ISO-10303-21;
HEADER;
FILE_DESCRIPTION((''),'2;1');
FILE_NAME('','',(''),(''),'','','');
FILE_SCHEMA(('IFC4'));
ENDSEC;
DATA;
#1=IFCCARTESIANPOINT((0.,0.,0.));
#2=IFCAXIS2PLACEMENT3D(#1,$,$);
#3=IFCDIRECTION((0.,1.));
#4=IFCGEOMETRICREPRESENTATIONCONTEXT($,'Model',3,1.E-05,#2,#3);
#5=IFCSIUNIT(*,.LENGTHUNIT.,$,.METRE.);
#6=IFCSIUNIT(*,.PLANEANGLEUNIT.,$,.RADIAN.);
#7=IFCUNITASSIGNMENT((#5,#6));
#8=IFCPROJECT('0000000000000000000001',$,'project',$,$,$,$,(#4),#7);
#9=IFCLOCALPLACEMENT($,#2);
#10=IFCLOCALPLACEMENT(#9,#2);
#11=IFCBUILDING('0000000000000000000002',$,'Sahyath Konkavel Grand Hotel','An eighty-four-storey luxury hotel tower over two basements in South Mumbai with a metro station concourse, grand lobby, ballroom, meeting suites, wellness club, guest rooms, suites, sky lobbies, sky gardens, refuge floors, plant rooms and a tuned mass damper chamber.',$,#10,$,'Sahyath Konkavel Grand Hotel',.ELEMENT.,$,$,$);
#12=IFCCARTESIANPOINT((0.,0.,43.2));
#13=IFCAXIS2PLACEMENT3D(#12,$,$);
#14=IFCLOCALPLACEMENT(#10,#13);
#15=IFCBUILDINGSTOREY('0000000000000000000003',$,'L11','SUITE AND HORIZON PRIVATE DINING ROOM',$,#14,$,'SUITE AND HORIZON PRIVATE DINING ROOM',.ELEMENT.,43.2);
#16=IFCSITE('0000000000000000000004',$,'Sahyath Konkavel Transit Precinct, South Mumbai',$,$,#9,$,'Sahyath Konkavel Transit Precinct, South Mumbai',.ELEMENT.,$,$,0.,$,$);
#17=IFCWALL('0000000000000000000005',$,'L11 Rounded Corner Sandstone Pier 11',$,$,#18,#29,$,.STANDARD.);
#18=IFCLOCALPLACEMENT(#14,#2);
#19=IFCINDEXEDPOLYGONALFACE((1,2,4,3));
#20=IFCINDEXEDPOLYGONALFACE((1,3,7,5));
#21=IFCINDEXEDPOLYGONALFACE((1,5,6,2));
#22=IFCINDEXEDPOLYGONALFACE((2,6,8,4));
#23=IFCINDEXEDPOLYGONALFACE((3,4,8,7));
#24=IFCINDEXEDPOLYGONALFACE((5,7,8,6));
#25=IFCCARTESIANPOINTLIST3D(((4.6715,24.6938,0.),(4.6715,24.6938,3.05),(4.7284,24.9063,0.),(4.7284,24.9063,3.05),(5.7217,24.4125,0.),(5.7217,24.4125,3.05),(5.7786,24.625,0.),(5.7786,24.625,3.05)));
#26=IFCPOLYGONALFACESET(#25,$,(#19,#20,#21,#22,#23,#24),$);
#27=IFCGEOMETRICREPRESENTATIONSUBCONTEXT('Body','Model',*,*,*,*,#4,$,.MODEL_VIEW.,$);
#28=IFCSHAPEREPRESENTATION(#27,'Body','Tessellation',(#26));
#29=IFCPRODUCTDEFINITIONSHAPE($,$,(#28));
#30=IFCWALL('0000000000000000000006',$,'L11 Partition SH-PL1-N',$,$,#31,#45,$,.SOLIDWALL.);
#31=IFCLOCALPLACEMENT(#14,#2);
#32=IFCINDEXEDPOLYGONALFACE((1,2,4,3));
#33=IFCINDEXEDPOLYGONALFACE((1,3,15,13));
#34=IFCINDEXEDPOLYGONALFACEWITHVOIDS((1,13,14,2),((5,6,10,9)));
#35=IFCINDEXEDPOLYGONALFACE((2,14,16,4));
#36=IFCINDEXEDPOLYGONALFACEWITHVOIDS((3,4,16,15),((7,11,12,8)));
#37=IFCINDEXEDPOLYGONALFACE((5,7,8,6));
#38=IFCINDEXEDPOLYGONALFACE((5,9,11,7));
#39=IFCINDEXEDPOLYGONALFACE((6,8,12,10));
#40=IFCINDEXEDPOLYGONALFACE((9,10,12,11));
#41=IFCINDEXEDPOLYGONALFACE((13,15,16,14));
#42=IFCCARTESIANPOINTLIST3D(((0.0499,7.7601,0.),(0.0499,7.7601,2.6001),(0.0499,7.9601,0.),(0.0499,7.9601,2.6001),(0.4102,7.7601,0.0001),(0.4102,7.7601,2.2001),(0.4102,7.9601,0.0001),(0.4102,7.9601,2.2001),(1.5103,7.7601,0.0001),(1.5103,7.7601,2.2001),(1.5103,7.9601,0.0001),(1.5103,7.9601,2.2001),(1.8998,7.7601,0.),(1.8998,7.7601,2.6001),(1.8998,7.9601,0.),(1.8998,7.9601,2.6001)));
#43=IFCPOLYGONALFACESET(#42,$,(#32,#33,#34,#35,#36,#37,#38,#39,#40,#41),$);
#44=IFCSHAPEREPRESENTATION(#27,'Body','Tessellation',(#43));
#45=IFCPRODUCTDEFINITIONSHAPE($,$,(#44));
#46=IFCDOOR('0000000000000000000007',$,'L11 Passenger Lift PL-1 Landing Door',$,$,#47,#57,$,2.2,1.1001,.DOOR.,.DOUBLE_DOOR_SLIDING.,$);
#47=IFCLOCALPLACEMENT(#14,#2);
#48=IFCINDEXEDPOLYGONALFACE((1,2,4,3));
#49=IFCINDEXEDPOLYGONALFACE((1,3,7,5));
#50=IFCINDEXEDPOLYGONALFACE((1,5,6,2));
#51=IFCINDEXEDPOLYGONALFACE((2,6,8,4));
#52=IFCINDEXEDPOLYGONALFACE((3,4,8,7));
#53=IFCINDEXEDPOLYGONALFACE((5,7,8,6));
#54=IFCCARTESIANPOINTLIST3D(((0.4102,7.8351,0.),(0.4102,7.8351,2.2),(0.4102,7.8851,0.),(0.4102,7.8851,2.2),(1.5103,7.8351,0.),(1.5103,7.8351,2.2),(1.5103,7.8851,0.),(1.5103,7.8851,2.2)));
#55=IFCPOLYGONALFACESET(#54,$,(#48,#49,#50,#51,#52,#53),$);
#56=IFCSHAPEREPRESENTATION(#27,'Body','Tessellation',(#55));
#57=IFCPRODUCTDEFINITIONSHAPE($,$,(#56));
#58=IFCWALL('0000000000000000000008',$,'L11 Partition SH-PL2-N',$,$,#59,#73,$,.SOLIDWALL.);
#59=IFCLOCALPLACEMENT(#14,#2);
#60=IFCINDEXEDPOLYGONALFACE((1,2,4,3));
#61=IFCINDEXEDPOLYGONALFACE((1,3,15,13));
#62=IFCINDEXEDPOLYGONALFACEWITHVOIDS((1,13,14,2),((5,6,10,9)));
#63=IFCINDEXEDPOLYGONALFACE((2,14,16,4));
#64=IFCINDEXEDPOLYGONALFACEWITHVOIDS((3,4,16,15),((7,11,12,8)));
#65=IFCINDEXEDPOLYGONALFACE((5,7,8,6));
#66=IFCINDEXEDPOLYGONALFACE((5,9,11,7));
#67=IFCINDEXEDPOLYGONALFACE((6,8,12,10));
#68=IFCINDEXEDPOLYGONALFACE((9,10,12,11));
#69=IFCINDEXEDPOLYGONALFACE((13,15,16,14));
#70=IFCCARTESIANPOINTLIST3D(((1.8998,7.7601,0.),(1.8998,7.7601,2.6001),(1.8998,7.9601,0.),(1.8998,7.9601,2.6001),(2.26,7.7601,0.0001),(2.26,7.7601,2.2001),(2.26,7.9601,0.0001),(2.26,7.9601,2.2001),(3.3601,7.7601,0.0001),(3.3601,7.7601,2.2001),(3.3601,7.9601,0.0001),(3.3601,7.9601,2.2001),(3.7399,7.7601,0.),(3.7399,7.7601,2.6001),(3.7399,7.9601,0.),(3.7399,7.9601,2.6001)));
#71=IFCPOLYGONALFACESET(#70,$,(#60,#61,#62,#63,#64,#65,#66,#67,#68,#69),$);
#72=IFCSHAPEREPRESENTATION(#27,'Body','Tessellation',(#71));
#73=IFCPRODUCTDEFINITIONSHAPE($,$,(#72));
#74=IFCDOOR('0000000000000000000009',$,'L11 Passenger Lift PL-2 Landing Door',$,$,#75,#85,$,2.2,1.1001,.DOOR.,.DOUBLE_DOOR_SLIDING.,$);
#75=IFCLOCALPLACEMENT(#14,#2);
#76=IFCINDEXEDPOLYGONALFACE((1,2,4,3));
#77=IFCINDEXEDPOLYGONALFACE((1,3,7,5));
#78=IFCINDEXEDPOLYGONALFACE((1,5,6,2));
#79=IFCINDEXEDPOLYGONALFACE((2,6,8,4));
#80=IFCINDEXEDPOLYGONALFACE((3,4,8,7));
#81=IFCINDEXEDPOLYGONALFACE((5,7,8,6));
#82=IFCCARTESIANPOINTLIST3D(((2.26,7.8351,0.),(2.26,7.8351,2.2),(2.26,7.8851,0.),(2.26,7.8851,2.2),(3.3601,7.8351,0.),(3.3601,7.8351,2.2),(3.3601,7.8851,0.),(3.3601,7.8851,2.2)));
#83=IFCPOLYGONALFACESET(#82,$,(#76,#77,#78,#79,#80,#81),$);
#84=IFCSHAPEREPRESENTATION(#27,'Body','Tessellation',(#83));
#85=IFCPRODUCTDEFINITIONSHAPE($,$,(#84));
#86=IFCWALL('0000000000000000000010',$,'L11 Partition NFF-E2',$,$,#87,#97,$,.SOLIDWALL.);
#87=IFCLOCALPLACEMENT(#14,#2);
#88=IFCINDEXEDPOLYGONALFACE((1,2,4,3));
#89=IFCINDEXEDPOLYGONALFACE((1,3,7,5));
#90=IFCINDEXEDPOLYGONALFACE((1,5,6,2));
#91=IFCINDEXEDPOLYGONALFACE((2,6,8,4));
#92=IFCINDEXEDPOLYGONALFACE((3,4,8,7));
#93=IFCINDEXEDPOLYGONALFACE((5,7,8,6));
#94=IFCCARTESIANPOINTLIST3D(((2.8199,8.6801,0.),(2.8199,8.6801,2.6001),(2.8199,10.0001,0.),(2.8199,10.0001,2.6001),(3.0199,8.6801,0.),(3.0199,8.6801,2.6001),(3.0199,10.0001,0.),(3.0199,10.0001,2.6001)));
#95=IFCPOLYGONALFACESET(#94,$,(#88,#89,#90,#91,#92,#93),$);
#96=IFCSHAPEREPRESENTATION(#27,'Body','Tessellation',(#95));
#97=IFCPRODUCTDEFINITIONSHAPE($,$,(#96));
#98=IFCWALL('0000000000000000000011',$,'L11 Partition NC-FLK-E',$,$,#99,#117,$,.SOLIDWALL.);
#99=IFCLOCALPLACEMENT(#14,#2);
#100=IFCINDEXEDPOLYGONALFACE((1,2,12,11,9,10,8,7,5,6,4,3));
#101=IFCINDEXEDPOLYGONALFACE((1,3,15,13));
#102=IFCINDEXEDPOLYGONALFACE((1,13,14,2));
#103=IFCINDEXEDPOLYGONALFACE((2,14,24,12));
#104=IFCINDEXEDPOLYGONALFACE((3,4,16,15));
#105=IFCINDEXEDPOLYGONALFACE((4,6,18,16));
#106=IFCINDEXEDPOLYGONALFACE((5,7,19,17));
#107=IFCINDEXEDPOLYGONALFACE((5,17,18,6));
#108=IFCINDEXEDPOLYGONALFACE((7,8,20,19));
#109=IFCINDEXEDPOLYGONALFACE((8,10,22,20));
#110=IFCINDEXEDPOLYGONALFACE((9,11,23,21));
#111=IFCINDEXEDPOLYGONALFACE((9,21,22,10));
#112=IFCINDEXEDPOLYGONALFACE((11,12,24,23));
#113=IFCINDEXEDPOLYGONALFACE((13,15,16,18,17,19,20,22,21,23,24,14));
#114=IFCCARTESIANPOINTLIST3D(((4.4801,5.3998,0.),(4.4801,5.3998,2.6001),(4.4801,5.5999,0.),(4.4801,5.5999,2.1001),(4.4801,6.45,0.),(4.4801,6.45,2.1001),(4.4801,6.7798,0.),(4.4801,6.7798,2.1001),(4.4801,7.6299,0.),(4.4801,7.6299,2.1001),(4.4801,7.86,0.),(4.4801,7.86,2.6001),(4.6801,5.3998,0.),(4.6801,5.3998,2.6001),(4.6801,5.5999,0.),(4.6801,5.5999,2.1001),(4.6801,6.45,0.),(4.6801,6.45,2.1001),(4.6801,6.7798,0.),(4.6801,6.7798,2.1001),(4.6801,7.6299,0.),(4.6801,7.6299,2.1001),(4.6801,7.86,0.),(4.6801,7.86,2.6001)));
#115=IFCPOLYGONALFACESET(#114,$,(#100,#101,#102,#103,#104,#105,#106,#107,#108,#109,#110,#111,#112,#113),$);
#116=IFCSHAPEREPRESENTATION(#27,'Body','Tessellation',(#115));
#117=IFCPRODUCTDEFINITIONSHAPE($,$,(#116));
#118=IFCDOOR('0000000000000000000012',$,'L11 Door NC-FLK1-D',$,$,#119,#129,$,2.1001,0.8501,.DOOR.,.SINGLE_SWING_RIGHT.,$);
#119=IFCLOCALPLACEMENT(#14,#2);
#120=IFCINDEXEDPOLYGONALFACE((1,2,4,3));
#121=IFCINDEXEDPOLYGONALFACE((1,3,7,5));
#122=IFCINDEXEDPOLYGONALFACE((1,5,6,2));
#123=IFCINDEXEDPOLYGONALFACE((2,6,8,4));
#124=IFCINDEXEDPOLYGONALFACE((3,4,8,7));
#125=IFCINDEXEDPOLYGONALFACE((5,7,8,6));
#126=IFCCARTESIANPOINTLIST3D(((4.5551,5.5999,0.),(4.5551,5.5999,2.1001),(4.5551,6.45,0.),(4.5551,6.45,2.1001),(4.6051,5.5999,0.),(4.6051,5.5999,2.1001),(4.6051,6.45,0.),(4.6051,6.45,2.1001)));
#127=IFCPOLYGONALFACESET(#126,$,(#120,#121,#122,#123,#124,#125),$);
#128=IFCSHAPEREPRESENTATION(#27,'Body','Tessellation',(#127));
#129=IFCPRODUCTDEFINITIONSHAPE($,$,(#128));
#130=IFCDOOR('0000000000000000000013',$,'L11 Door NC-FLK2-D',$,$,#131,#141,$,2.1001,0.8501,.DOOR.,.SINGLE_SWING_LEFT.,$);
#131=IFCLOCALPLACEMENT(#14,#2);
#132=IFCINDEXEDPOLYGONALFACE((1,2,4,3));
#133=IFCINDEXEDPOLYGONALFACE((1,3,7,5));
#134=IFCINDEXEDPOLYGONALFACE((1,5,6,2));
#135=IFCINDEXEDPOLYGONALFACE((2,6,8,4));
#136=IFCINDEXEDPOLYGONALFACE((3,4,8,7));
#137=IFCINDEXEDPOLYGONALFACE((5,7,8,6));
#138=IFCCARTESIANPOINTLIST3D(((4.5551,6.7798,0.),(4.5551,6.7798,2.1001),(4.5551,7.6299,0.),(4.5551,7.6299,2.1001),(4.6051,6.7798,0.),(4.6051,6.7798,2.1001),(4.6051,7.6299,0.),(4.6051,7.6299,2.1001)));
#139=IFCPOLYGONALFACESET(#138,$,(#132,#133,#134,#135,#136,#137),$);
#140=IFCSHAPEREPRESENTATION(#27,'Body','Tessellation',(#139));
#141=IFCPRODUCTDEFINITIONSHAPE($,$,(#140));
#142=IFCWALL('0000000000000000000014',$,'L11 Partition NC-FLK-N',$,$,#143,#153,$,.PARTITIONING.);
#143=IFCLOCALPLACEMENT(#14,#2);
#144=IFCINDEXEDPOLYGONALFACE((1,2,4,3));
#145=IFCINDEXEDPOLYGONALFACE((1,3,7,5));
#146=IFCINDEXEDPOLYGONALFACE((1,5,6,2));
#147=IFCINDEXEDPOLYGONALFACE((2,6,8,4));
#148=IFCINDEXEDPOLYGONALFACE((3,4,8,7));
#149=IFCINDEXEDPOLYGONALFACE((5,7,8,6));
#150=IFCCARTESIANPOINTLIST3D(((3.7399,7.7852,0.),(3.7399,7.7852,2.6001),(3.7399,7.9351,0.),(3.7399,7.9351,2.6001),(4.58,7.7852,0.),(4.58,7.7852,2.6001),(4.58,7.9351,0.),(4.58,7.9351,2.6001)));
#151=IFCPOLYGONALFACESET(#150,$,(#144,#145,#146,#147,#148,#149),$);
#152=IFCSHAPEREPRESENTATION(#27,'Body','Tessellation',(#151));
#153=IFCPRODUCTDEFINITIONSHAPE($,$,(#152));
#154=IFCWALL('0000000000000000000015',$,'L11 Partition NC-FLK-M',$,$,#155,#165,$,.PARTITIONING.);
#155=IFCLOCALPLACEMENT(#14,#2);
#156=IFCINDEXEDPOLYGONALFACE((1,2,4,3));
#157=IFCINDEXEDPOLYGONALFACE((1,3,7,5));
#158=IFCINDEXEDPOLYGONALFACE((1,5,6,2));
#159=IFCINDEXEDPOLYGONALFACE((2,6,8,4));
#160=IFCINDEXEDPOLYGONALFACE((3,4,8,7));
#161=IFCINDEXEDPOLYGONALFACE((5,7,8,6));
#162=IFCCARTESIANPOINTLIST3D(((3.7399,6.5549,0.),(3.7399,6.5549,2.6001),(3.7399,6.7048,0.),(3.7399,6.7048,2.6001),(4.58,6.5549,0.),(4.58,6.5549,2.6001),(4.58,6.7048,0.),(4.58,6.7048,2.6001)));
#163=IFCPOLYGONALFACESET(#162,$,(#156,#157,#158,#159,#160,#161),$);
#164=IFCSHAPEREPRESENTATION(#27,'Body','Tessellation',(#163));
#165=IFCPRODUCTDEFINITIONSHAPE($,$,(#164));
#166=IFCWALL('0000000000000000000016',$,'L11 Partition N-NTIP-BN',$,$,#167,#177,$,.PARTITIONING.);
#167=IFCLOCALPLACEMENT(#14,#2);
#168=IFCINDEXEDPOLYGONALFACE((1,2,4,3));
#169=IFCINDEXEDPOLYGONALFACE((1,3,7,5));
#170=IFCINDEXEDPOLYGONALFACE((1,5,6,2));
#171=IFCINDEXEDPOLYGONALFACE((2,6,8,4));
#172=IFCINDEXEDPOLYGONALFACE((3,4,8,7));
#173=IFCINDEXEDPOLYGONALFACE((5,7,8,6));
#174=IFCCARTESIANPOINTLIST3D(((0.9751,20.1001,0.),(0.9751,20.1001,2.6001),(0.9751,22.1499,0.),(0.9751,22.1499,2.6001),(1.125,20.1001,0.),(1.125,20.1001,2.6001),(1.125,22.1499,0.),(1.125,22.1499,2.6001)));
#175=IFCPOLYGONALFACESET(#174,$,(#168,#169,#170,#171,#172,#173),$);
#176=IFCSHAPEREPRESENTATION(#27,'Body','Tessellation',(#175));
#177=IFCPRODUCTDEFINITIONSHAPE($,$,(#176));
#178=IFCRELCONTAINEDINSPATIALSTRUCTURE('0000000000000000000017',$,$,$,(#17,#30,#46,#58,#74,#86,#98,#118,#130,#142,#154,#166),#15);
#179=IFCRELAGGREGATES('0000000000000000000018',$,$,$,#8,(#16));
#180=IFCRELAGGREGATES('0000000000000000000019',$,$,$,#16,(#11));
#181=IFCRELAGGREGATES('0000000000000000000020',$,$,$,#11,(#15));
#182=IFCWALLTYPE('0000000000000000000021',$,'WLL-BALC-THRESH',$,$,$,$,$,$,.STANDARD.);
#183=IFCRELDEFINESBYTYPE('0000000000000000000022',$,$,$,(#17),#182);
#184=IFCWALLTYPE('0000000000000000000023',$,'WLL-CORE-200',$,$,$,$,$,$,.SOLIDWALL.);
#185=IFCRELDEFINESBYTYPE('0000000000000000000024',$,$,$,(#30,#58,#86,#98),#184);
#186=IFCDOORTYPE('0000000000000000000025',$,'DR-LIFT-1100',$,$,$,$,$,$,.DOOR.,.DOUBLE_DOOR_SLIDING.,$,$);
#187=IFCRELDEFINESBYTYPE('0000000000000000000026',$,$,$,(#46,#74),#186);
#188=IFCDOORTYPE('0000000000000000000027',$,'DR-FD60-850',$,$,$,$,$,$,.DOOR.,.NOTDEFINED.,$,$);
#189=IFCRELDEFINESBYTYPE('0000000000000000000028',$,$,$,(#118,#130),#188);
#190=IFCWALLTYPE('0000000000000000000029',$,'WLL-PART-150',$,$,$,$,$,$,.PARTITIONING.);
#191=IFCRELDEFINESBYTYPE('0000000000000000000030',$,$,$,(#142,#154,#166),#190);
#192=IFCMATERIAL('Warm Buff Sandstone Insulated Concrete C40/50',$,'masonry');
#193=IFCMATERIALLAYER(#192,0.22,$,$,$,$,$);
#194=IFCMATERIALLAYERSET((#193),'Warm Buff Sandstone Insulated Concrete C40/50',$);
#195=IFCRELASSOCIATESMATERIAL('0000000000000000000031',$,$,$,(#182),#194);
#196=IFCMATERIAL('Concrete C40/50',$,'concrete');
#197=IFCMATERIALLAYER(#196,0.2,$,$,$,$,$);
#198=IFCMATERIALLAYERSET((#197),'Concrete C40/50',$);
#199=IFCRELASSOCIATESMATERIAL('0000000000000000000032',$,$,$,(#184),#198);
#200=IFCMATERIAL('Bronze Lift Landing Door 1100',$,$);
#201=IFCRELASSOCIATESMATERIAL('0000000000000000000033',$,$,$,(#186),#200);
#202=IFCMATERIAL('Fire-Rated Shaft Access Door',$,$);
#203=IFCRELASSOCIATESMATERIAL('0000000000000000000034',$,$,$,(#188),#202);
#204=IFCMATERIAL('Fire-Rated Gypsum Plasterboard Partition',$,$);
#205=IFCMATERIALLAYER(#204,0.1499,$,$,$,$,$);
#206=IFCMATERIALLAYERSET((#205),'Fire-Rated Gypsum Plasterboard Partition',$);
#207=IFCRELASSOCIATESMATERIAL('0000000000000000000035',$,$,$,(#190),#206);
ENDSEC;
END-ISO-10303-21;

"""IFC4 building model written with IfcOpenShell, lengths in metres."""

from ifc_helpers import new_model, si_unit, direction, frame, frame_2d, origin, origin_2d, place, context, subcontext, project, spatial, rectangle, extrude, source, transform, mapped, material, layer, layer_set, type_object, element, fill, save


model = new_model("IFC4")

# Units and contexts
model_context = context("Model", 3, precision=1e-05, world=origin(), true_north=direction((0.0, 1.0)))
body_context = subcontext(model_context, "Body", "Model", "MODEL_VIEW")
ifc_project = project(units=[si_unit("LENGTHUNIT", "METRE"), si_unit("PLANEANGLEUNIT", "RADIAN")], contexts=[model_context])

# Site, building, storey
site_placement = place(None, origin())
site = spatial("IfcSite", under=ifc_project, at=site_placement, Name="Sahyath Konkavel Transit Precinct, South Mumbai", LongName="Sahyath Konkavel Transit Precinct, South Mumbai", CompositionType="ELEMENT", RefElevation=0.0)
building_placement = place(site_placement, origin())
building = spatial("IfcBuilding", under=site, at=building_placement, Name="Sahyath Konkavel Grand Hotel", Description="An eighty-four-storey luxury hotel tower over two basements in South Mumbai with a metro station concourse, grand lobby, ballroom, meeting suites, wellness club, guest rooms, suites, sky lobbies, sky gardens, refuge floors, plant rooms and a tuned mass damper chamber.", LongName="Sahyath Konkavel Grand Hotel", CompositionType="ELEMENT")
storey_placement = place(building_placement, frame((0.0, 0.0, 43.2)))
storey = spatial("IfcBuildingStorey", under=building, at=storey_placement, Name="L11", Description="SUITE AND HORIZON PRIVATE DINING ROOM", LongName="SUITE AND HORIZON PRIVATE DINING ROOM", CompositionType="ELEMENT", Elevation=43.2)

# Wall
ifc_material_1 = material(Name="Warm Buff Sandstone Insulated Concrete C40/50", Category="masonry")
ifc_layer_1 = layer(ifc_material_1, 0.22)
ifc_layer_set_1 = layer_set([ifc_layer_1], Name="Warm Buff Sandstone Insulated Concrete C40/50")
wall_type_1 = type_object("IfcWallType", Name="WLL-BALC-THRESH", PredefinedType="STANDARD", material=ifc_layer_set_1)
wall_1_placement = place(storey_placement, frame((5.75, 24.5188, 0.0), z_axis=(0.0, 0.0, 1.0), x_axis=(-0.965951, 0.258725, 0.0)))
element("IfcWall", 1, at=wall_1_placement, inside=storey, type_object=wall_type_1, Name="L11 Rounded Corner Sandstone Pier 11", PredefinedType="STANDARD", context=body_context, shape_type="SweptSolid", body=[
    extrude(rectangle(XDim=1.0872, YDim=0.22, at=frame_2d((0.5435, 0.0))), origin(), (0.0, 0.0, 1.0), 3.05),
])

# Walls, openings, doors
ifc_material_2 = material(Name="Concrete C40/50", Category="concrete")
ifc_layer_2 = layer(ifc_material_2, 0.2)
ifc_layer_set_2 = layer_set([ifc_layer_2], Name="Concrete C40/50")
wall_type_2 = type_object("IfcWallType", Name="WLL-CORE-200", PredefinedType="SOLIDWALL", material=ifc_layer_set_2)
wall_2_placement = place(storey_placement, frame((0.05, 7.8601, 0.0), z_axis=(0.0, 0.0, 1.0), x_axis=(1.0, 0.0, 0.0)))
wall_2 = element("IfcWall", 2, at=wall_2_placement, inside=storey, type_object=wall_type_2, Name="L11 Partition SH-PL1-N", PredefinedType="SOLIDWALL", context=body_context, shape_type="SweptSolid", body=[
    extrude(rectangle(XDim=1.8499, YDim=0.2, at=frame_2d((0.9248, 0.0))), origin(), (0.0, 0.0, 1.0), 2.6001),
])
opening_1_placement = place(wall_2_placement, frame((0.3601, 0.0, 0.0)))
opening_1 = element("IfcOpeningElement", 3, at=opening_1_placement, cuts=wall_2, PredefinedType="OPENING", context=body_context, shape_type="SweptSolid", body=[
    extrude(rectangle(XDim=1.1001, YDim=2.2, at=frame_2d((0.55, 1.1001))), frame((0.0, 0.1099, 0.0), z_axis=(0.0, -1.0, 0.0), x_axis=(1.0, 0.0, 0.0)), (0.0, 0.0, 1.0), 0.22),
])
ifc_material_3 = material(Name="Bronze Lift Landing Door 1100")
door_type_1 = type_object("IfcDoorType", Name="DR-LIFT-1100", OperationType="DOUBLE_DOOR_SLIDING", PredefinedType="DOOR", material=ifc_material_3)
shared_shape_1 = source(origin(), body_context, "Body", "SweptSolid", [
    extrude(rectangle(XDim=1.1001, YDim=0.05, at=origin_2d()), origin(), (0.0, 0.0, 1.0), 2.2),
])
door_1_placement = place(opening_1_placement, frame((0.55, 0.0, 0.0)))
door_1 = element("IfcDoor", 4, at=door_1_placement, inside=storey, type_object=door_type_1, Name="L11 Passenger Lift PL-1 Landing Door", OperationType="DOUBLE_DOOR_SLIDING", OverallHeight=2.2, OverallWidth=1.1001, PredefinedType="DOOR", context=body_context, shape_type="MappedRepresentation", body=[
    mapped(shared_shape_1, transform((0.0, 0.0, 0.0), scale=1.0)),
])
fill(opening_1, door_1)
wall_3_placement = place(storey_placement, frame((1.8999, 7.8601, 0.0), z_axis=(0.0, 0.0, 1.0), x_axis=(1.0, 0.0, 0.0)))
wall_3 = element("IfcWall", 5, at=wall_3_placement, inside=storey, type_object=wall_type_2, Name="L11 Partition SH-PL2-N", PredefinedType="SOLIDWALL", context=body_context, shape_type="SweptSolid", body=[
    extrude(rectangle(XDim=1.8401, YDim=0.2, at=frame_2d((0.9199, 0.0))), origin(), (0.0, 0.0, 1.0), 2.6001),
])
opening_2_placement = place(wall_3_placement, frame((0.3601, 0.0, 0.0)))
opening_2 = element("IfcOpeningElement", 6, at=opening_2_placement, cuts=wall_3, PredefinedType="OPENING", context=body_context, shape_type="SweptSolid", body=[
    extrude(rectangle(XDim=1.1001, YDim=2.2, at=frame_2d((0.55, 1.1001))), frame((0.0, 0.1099, 0.0), z_axis=(0.0, -1.0, 0.0), x_axis=(1.0, 0.0, 0.0)), (0.0, 0.0, 1.0), 0.22),
])
door_2_placement = place(opening_2_placement, frame((0.55, 0.0, 0.0)))
door_2 = element("IfcDoor", 7, at=door_2_placement, inside=storey, type_object=door_type_1, Name="L11 Passenger Lift PL-2 Landing Door", OperationType="DOUBLE_DOOR_SLIDING", OverallHeight=2.2, OverallWidth=1.1001, PredefinedType="DOOR", context=body_context, shape_type="MappedRepresentation", body=[
    mapped(shared_shape_1, transform((0.0, 0.0, 0.0), scale=1.0)),
])
fill(opening_2, door_2)

# Wall
wall_4_placement = place(storey_placement, frame((2.9199, 8.6799, 0.0), z_axis=(0.0, 0.0, 1.0), x_axis=(0.0, 1.0, 0.0)))
element("IfcWall", 8, at=wall_4_placement, inside=storey, type_object=wall_type_2, Name="L11 Partition NFF-E2", PredefinedType="SOLIDWALL", context=body_context, shape_type="SweptSolid", body=[
    extrude(rectangle(XDim=1.3201, YDim=0.2, at=frame_2d((0.6602, 0.0))), origin(), (0.0, 0.0, 1.0), 2.6001),
])

# Wall, openings, doors
wall_5_placement = place(storey_placement, frame((4.5801, 5.3999, 0.0), z_axis=(0.0, 0.0, 1.0), x_axis=(0.0, 1.0, 0.0)))
wall_5 = element("IfcWall", 9, at=wall_5_placement, inside=storey, type_object=wall_type_2, Name="L11 Partition NC-FLK-E", PredefinedType="SOLIDWALL", context=body_context, shape_type="SweptSolid", body=[
    extrude(rectangle(XDim=2.4602, YDim=0.2, at=frame_2d((1.23, 0.0))), origin(), (0.0, 0.0, 1.0), 2.6001),
])
opening_3_placement = place(wall_5_placement, frame((0.2, 0.0, 0.0)))
opening_3 = element("IfcOpeningElement", 10, at=opening_3_placement, cuts=wall_5, PredefinedType="OPENING", context=body_context, shape_type="SweptSolid", body=[
    extrude(rectangle(XDim=0.8501, YDim=2.1001, at=frame_2d((0.425, 1.05))), frame((0.0, 0.1099, 0.0), z_axis=(0.0, -1.0, 0.0), x_axis=(1.0, 0.0, 0.0)), (0.0, 0.0, 1.0), 0.22),
])
opening_4_placement = place(wall_5_placement, frame((1.3799, 0.0, 0.0)))
opening_4 = element("IfcOpeningElement", 11, at=opening_4_placement, cuts=wall_5, PredefinedType="OPENING", context=body_context, shape_type="SweptSolid", body=[
    extrude(rectangle(XDim=0.8501, YDim=2.1001, at=frame_2d((0.425, 1.05))), frame((0.0, 0.1099, 0.0), z_axis=(0.0, -1.0, 0.0), x_axis=(1.0, 0.0, 0.0)), (0.0, 0.0, 1.0), 0.22),
])
ifc_material_4 = material(Name="Fire-Rated Shaft Access Door")
door_type_2 = type_object("IfcDoorType", Name="DR-FD60-850", OperationType="NOTDEFINED", PredefinedType="DOOR", material=ifc_material_4)
shared_shape_2 = source(origin(), body_context, "Body", "SweptSolid", [
    extrude(rectangle(XDim=0.8501, YDim=0.05, at=origin_2d()), origin(), (0.0, 0.0, 1.0), 2.1001),
])
door_3_placement = place(opening_3_placement, frame((0.425, 0.0, 0.0)))
door_3 = element("IfcDoor", 12, at=door_3_placement, inside=storey, type_object=door_type_2, Name="L11 Door NC-FLK1-D", OperationType="SINGLE_SWING_RIGHT", OverallHeight=2.1001, OverallWidth=0.8501, PredefinedType="DOOR", context=body_context, shape_type="MappedRepresentation", body=[
    mapped(shared_shape_2, transform((0.0, 0.0, 0.0), scale=1.0)),
])
fill(opening_3, door_3)
door_4_placement = place(opening_4_placement, frame((0.425, 0.0, 0.0)))
door_4 = element("IfcDoor", 13, at=door_4_placement, inside=storey, type_object=door_type_2, Name="L11 Door NC-FLK2-D", OperationType="SINGLE_SWING_LEFT", OverallHeight=2.1001, OverallWidth=0.8501, PredefinedType="DOOR", context=body_context, shape_type="MappedRepresentation", body=[
    mapped(shared_shape_2, transform((0.0, 0.0, 0.0), scale=1.0)),
])
fill(opening_4, door_4)

# Walls
ifc_material_5 = material(Name="Fire-Rated Gypsum Plasterboard Partition")
ifc_layer_3 = layer(ifc_material_5, 0.1499)
ifc_layer_set_3 = layer_set([ifc_layer_3], Name="Fire-Rated Gypsum Plasterboard Partition")
wall_type_3 = type_object("IfcWallType", Name="WLL-PART-150", PredefinedType="PARTITIONING", material=ifc_layer_set_3)
for number, where, z_axis, x_axis, name in (
    (14, (3.74, 7.8601, 0.0), (0.0, 0.0, 1.0), (1.0, 0.0, 0.0), "L11 Partition NC-FLK-N"),
    (15, (3.74, 6.6299, 0.0), (0.0, 0.0, 1.0), (1.0, 0.0, 0.0), "L11 Partition NC-FLK-M"),
):
    element("IfcWall", number, at=place(storey_placement, frame(where, z_axis=z_axis, x_axis=x_axis)), inside=storey, type_object=wall_type_3, Name=name, PredefinedType="PARTITIONING", context=body_context, shape_type="SweptSolid", body=[
        extrude(rectangle(XDim=0.8401, YDim=0.1499, at=frame_2d((0.4199, 0.0))), origin(), (0.0, 0.0, 1.0), 2.6001),
    ])
for number, where, z_axis, x_axis, name in (
    (16, (1.05, 20.1001, 0.0), (0.0, 0.0, 1.0), (0.0, 1.0, 0.0), "L11 Partition N-NTIP-BN"),
):
    element("IfcWall", number, at=place(storey_placement, frame(where, z_axis=z_axis, x_axis=x_axis)), inside=storey, type_object=wall_type_3, Name=name, PredefinedType="PARTITIONING", context=body_context, shape_type="SweptSolid", body=[
        extrude(rectangle(XDim=2.0498, YDim=0.1499, at=frame_2d((1.0249, 0.0))), origin(), (0.0, 0.0, 1.0), 2.6001),
    ])

save(model, "model.ifc")
